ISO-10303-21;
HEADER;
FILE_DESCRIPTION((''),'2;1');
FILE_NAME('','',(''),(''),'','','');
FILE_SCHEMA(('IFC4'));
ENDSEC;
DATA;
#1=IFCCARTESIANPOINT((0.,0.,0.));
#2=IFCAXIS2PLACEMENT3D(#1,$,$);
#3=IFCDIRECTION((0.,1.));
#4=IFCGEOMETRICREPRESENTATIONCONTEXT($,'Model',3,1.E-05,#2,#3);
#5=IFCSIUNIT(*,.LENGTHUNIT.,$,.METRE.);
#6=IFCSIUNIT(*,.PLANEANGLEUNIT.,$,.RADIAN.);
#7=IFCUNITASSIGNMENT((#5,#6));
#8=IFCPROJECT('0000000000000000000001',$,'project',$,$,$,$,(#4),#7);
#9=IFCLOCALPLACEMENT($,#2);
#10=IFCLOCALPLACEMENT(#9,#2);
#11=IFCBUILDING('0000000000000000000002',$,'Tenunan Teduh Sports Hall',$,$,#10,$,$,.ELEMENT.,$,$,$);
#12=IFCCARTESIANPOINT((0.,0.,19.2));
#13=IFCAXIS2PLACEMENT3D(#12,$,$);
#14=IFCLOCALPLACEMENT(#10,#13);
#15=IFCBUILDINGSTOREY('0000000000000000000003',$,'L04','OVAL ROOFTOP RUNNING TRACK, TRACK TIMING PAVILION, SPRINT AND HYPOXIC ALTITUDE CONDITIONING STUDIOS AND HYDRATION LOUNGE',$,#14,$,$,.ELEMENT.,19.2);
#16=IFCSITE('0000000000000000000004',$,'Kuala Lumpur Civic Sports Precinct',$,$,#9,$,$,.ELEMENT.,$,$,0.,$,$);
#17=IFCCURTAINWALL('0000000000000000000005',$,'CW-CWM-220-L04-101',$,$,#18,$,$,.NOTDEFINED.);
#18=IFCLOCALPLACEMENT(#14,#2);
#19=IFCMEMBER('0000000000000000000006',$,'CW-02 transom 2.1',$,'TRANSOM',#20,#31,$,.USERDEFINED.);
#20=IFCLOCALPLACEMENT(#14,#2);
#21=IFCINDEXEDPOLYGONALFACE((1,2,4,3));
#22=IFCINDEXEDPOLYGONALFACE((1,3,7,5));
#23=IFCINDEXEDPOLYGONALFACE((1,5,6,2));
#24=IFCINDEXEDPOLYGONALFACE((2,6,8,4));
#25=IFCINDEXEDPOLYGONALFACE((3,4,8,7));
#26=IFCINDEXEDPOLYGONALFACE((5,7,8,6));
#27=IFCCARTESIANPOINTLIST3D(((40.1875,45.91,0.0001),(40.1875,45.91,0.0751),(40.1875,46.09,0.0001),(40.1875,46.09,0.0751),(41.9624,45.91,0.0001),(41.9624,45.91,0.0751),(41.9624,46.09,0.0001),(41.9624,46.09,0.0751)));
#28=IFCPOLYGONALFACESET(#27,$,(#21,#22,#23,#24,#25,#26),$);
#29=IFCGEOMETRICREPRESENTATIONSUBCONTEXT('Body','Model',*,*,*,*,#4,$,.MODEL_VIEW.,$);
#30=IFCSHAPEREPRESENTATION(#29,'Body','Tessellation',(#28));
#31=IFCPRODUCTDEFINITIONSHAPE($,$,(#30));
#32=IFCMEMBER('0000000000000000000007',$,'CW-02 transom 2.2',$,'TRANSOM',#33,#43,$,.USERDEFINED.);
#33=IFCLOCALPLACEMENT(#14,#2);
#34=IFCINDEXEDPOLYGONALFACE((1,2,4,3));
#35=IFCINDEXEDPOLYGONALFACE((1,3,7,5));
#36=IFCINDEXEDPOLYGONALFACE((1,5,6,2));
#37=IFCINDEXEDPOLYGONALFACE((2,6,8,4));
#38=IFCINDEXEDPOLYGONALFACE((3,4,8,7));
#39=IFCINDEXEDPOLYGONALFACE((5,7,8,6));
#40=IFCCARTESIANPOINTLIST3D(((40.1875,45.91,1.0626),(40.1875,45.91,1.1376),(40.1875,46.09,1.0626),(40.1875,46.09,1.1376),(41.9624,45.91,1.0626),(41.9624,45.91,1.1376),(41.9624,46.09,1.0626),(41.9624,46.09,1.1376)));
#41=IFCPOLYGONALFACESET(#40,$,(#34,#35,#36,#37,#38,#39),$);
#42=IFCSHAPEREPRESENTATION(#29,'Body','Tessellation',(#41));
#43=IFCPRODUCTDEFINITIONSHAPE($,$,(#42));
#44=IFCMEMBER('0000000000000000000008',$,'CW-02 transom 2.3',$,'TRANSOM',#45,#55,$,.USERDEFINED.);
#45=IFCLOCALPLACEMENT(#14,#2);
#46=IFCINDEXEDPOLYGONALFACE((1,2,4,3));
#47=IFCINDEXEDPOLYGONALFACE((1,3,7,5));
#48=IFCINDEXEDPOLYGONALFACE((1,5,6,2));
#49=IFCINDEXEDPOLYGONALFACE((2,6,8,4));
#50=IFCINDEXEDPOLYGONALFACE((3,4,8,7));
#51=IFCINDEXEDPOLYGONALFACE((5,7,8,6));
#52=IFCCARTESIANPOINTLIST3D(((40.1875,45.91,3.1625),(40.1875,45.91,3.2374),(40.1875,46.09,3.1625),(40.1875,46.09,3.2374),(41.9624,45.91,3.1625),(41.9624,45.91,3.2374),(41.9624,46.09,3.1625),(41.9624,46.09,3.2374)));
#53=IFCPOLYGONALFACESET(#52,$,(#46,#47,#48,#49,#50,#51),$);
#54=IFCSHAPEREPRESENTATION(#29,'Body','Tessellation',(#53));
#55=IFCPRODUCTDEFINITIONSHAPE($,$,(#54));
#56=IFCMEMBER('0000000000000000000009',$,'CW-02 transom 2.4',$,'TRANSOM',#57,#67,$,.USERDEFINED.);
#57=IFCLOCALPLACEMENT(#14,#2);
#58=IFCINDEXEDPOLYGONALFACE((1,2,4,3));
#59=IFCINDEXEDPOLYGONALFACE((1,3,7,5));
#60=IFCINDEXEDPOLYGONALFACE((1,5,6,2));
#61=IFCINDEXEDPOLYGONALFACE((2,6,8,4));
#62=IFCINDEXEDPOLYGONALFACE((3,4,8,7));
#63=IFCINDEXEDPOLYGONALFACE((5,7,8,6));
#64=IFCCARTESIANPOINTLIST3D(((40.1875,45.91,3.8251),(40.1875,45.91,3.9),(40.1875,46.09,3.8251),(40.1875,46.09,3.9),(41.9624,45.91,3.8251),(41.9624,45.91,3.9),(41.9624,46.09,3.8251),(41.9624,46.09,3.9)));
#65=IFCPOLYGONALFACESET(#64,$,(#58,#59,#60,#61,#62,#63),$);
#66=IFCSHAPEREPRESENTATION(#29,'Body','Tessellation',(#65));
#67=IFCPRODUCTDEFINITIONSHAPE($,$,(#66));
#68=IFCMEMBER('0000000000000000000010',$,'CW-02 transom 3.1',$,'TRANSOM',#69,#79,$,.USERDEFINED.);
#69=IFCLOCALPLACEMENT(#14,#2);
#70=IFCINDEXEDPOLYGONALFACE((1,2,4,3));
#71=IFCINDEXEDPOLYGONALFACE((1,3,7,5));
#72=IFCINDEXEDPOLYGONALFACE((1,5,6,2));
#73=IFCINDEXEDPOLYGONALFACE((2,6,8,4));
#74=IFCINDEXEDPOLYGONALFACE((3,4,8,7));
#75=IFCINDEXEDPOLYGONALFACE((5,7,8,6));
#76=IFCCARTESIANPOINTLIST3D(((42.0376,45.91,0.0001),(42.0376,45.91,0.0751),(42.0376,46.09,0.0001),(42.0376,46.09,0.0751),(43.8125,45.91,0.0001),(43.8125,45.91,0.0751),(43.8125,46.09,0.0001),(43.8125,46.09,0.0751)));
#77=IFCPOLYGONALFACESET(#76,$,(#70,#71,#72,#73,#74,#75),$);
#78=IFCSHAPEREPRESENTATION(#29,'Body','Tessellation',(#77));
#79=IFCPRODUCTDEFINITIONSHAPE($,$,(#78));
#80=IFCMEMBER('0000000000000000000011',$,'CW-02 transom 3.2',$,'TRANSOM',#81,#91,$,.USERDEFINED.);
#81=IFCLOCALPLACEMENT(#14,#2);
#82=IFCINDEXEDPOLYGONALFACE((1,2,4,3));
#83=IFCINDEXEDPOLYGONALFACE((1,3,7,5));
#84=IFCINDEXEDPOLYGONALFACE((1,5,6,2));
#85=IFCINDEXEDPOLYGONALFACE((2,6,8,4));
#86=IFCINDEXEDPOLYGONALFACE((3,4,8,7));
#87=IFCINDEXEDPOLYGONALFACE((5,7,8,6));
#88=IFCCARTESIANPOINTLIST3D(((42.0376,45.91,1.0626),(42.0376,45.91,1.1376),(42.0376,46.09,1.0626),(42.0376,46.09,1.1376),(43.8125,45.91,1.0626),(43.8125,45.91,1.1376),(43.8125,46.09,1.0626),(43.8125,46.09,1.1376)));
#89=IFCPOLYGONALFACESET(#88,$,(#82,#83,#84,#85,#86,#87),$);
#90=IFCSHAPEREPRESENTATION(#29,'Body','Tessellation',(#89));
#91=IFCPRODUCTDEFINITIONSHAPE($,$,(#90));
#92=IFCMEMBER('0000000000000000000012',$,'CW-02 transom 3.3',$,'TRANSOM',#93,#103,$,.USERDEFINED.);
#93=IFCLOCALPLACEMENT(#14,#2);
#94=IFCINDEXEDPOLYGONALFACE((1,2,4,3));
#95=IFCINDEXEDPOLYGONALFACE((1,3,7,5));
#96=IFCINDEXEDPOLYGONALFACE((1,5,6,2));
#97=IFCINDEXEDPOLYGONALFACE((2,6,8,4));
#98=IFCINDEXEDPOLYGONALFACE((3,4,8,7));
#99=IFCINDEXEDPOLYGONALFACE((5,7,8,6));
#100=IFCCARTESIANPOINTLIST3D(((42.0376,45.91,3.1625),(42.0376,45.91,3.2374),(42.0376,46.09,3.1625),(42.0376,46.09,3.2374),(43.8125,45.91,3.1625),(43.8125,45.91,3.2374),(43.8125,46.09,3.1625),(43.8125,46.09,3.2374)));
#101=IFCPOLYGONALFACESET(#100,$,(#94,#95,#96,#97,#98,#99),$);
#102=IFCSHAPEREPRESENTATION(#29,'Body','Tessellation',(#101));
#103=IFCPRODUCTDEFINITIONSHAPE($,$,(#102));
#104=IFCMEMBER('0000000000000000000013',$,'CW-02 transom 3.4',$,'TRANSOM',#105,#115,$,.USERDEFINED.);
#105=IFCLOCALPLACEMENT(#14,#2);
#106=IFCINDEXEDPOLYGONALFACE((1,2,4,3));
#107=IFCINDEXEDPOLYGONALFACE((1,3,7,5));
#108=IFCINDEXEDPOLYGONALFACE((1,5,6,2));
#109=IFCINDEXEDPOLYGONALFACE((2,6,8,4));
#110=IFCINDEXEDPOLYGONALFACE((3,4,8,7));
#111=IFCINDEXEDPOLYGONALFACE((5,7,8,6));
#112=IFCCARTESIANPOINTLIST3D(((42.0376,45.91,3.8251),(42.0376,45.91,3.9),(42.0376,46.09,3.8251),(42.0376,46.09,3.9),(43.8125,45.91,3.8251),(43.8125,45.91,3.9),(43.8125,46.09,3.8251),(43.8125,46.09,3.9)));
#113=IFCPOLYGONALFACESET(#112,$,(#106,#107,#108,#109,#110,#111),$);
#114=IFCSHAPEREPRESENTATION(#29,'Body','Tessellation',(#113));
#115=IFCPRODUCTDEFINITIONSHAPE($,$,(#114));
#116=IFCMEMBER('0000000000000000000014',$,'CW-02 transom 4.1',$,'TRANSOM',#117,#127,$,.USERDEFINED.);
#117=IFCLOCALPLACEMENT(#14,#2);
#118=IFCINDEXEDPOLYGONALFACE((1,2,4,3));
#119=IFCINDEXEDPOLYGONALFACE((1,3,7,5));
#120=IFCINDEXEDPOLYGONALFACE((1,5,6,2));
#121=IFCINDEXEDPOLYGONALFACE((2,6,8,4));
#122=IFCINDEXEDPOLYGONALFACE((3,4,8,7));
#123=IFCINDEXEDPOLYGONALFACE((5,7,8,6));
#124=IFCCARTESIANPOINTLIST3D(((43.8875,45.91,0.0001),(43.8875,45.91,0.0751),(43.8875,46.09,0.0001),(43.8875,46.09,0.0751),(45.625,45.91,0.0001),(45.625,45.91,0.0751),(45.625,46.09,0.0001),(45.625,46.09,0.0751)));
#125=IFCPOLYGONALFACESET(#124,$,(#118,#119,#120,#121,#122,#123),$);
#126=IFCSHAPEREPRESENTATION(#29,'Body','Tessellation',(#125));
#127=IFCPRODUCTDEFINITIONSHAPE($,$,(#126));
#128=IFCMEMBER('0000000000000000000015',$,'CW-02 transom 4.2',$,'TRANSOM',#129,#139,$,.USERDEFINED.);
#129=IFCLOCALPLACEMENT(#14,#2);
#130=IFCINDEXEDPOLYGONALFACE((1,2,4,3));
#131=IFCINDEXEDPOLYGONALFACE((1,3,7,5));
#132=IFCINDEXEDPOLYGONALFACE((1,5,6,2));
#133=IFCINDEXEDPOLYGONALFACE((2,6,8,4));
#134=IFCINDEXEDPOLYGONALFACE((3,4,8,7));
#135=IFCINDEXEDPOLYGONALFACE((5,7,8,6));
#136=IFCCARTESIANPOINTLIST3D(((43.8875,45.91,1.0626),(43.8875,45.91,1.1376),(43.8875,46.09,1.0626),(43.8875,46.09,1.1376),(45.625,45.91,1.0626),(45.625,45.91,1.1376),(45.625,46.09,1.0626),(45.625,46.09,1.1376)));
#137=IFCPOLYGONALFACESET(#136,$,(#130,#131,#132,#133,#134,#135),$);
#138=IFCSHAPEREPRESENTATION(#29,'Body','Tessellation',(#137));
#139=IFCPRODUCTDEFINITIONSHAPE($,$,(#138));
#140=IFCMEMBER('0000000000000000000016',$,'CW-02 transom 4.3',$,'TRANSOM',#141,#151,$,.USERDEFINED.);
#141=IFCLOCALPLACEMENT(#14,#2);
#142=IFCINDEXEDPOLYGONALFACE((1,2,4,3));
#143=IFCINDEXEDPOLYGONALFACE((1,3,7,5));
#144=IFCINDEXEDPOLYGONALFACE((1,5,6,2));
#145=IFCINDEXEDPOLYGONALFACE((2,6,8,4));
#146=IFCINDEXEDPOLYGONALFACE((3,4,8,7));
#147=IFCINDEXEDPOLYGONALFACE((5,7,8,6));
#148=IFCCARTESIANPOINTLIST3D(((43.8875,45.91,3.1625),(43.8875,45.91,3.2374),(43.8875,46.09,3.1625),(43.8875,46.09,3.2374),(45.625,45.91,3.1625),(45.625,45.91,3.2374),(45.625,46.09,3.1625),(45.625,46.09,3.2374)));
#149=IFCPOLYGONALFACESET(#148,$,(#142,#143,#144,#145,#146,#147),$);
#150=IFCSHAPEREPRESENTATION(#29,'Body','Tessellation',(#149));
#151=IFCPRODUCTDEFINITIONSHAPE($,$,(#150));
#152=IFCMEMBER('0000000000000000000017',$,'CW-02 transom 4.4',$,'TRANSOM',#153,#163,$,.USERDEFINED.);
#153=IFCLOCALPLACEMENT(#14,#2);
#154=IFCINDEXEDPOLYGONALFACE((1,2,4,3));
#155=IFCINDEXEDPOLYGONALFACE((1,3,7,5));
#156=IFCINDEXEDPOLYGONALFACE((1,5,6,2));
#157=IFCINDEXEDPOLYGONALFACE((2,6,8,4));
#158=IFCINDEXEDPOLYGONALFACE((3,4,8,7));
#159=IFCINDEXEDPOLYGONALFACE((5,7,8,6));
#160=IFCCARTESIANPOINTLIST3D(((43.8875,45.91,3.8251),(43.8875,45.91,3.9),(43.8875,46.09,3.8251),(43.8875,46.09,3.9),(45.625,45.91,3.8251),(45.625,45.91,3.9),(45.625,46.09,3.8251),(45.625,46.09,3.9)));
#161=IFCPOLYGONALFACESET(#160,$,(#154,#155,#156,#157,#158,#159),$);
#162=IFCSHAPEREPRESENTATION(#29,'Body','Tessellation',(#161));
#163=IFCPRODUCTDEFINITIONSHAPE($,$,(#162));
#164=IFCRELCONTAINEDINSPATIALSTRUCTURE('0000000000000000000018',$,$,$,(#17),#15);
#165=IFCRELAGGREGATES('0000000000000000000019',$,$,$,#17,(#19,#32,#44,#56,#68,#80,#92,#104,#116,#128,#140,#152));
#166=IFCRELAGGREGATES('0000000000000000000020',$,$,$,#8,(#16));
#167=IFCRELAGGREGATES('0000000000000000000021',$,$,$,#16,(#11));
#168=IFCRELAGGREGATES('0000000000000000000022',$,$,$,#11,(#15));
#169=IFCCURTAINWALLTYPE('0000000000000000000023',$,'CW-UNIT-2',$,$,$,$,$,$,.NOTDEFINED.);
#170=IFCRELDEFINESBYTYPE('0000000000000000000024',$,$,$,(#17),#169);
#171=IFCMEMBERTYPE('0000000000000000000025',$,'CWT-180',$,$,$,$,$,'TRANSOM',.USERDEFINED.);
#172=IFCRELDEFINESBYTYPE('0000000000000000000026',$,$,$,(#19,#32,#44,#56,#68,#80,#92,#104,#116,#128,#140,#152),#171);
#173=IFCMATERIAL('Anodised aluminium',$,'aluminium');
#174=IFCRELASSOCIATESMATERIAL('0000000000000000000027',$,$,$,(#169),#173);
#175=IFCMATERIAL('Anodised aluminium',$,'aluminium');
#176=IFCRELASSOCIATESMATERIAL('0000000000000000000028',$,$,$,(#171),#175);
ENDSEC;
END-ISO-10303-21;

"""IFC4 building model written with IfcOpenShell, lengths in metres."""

from ifc_helpers import new_model, si_unit, direction, frame, origin, origin_2d, place, context, subcontext, project, spatial, rectangle, extrude, material, material_profile, profile_set, type_object, element, aggregate, save


model = new_model("IFC4")

# Units and contexts
model_context = context("Model", 3, precision=1e-05, world=origin(), true_north=direction((0.0, 1.0)))
body_context = subcontext(model_context, "Body", "Model", "MODEL_VIEW")
ifc_project = project(units=[si_unit("LENGTHUNIT", "METRE"), si_unit("PLANEANGLEUNIT", "RADIAN")], contexts=[model_context])

# Site, building, storey
site_placement = place(None, origin())
site = spatial("IfcSite", under=ifc_project, at=site_placement, Name="Kuala Lumpur Civic Sports Precinct", CompositionType="ELEMENT", RefElevation=0.0)
building_placement = place(site_placement, origin())
building = spatial("IfcBuilding", under=site, at=building_placement, Name="Tenunan Teduh Sports Hall", CompositionType="ELEMENT")
storey_placement = place(building_placement, frame((0.0, 0.0, 19.2)))
storey = spatial("IfcBuildingStorey", under=building, at=storey_placement, Name="L04", Description="OVAL ROOFTOP RUNNING TRACK, TRACK TIMING PAVILION, SPRINT AND HYPOXIC ALTITUDE CONDITIONING STUDIOS AND HYDRATION LOUNGE", CompositionType="ELEMENT", Elevation=19.2)

# Shared definitions
ifc_material_1 = material(Name="Anodised aluminium", Category="aluminium")
curtain_wall_type = type_object("IfcCurtainWallType", Name="CW-UNIT-2", PredefinedType="NOTDEFINED", material=ifc_material_1)

# Curtain wall, members
curtain_wall_1_placement = place(storey_placement, origin())
curtain_wall_1 = element("IfcCurtainWall", 1, at=curtain_wall_1_placement, inside=storey, type_object=curtain_wall_type, Name="CW-CWM-220-L04-101", PredefinedType="NOTDEFINED")
ifc_material_2 = material(Name="Anodised aluminium", Category="aluminium")
ifc_material_profile_1 = material_profile(ifc_material_2, rectangle(XDim=0.075, YDim=0.1799, at=origin_2d()), Name="CWT 75x180")
ifc_profile_set_1 = profile_set([ifc_material_profile_1], Name="Anodised aluminium")
member_type_1 = type_object("IfcMemberType", Name="CWT-180", ElementType="TRANSOM", PredefinedType="USERDEFINED", material=ifc_profile_set_1)
member_1_placement = place(storey_placement, frame((40.1875, 46.0, 0.0376), z_axis=(1.0, 0.0, 0.0), x_axis=(0.0, 0.0, 1.0)))
member_1 = element("IfcMember", 2, at=member_1_placement, type_object=member_type_1, Name="CW-02 transom 2.1", ObjectType="TRANSOM", PredefinedType="USERDEFINED", context=body_context, shape_type="SweptSolid", body=[
    extrude(rectangle(XDim=0.075, YDim=0.1799, at=origin_2d()), origin(), (0.0, 0.0, 1.0), 1.7749),
])
member_2_placement = place(storey_placement, frame((40.1875, 46.0, 1.1001), z_axis=(1.0, 0.0, 0.0), x_axis=(0.0, 0.0, 1.0)))
member_2 = element("IfcMember", 3, at=member_2_placement, type_object=member_type_1, Name="CW-02 transom 2.2", ObjectType="TRANSOM", PredefinedType="USERDEFINED", context=body_context, shape_type="SweptSolid", body=[
    extrude(rectangle(XDim=0.075, YDim=0.1799, at=origin_2d()), origin(), (0.0, 0.0, 1.0), 1.7749),
])
member_3_placement = place(storey_placement, frame((40.1875, 46.0, 3.2), z_axis=(1.0, 0.0, 0.0), x_axis=(0.0, 0.0, 1.0)))
member_3 = element("IfcMember", 4, at=member_3_placement, type_object=member_type_1, Name="CW-02 transom 2.3", ObjectType="TRANSOM", PredefinedType="USERDEFINED", context=body_context, shape_type="SweptSolid", body=[
    extrude(rectangle(XDim=0.075, YDim=0.1799, at=origin_2d()), origin(), (0.0, 0.0, 1.0), 1.7749),
])
member_4_placement = place(storey_placement, frame((40.1875, 46.0, 3.8625), z_axis=(1.0, 0.0, 0.0), x_axis=(0.0, 0.0, 1.0)))
member_4 = element("IfcMember", 5, at=member_4_placement, type_object=member_type_1, Name="CW-02 transom 2.4", ObjectType="TRANSOM", PredefinedType="USERDEFINED", context=body_context, shape_type="SweptSolid", body=[
    extrude(rectangle(XDim=0.075, YDim=0.1799, at=origin_2d()), origin(), (0.0, 0.0, 1.0), 1.7749),
])
member_5_placement = place(storey_placement, frame((42.0376, 46.0, 0.0376), z_axis=(1.0, 0.0, 0.0), x_axis=(0.0, 0.0, 1.0)))
member_5 = element("IfcMember", 6, at=member_5_placement, type_object=member_type_1, Name="CW-02 transom 3.1", ObjectType="TRANSOM", PredefinedType="USERDEFINED", context=body_context, shape_type="SweptSolid", body=[
    extrude(rectangle(XDim=0.075, YDim=0.1799, at=origin_2d()), origin(), (0.0, 0.0, 1.0), 1.7749),
])
member_6_placement = place(storey_placement, frame((42.0376, 46.0, 1.1001), z_axis=(1.0, 0.0, 0.0), x_axis=(0.0, 0.0, 1.0)))
member_6 = element("IfcMember", 7, at=member_6_placement, type_object=member_type_1, Name="CW-02 transom 3.2", ObjectType="TRANSOM", PredefinedType="USERDEFINED", context=body_context, shape_type="SweptSolid", body=[
    extrude(rectangle(XDim=0.075, YDim=0.1799, at=origin_2d()), origin(), (0.0, 0.0, 1.0), 1.7749),
])
member_7_placement = place(storey_placement, frame((42.0376, 46.0, 3.2), z_axis=(1.0, 0.0, 0.0), x_axis=(0.0, 0.0, 1.0)))
member_7 = element("IfcMember", 8, at=member_7_placement, type_object=member_type_1, Name="CW-02 transom 3.3", ObjectType="TRANSOM", PredefinedType="USERDEFINED", context=body_context, shape_type="SweptSolid", body=[
    extrude(rectangle(XDim=0.075, YDim=0.1799, at=origin_2d()), origin(), (0.0, 0.0, 1.0), 1.7749),
])
member_8_placement = place(storey_placement, frame((42.0376, 46.0, 3.8625), z_axis=(1.0, 0.0, 0.0), x_axis=(0.0, 0.0, 1.0)))
member_8 = element("IfcMember", 9, at=member_8_placement, type_object=member_type_1, Name="CW-02 transom 3.4", ObjectType="TRANSOM", PredefinedType="USERDEFINED", context=body_context, shape_type="SweptSolid", body=[
    extrude(rectangle(XDim=0.075, YDim=0.1799, at=origin_2d()), origin(), (0.0, 0.0, 1.0), 1.7749),
])
member_9_placement = place(storey_placement, frame((43.8875, 46.0, 0.0376), z_axis=(1.0, 0.0, 0.0), x_axis=(0.0, 0.0, 1.0)))
member_9 = element("IfcMember", 10, at=member_9_placement, type_object=member_type_1, Name="CW-02 transom 4.1", ObjectType="TRANSOM", PredefinedType="USERDEFINED", context=body_context, shape_type="SweptSolid", body=[
    extrude(rectangle(XDim=0.075, YDim=0.1799, at=origin_2d()), origin(), (0.0, 0.0, 1.0), 1.7375),
])
member_10_placement = place(storey_placement, frame((43.8875, 46.0, 1.1001), z_axis=(1.0, 0.0, 0.0), x_axis=(0.0, 0.0, 1.0)))
member_10 = element("IfcMember", 11, at=member_10_placement, type_object=member_type_1, Name="CW-02 transom 4.2", ObjectType="TRANSOM", PredefinedType="USERDEFINED", context=body_context, shape_type="SweptSolid", body=[
    extrude(rectangle(XDim=0.075, YDim=0.1799, at=origin_2d()), origin(), (0.0, 0.0, 1.0), 1.7375),
])
member_11_placement = place(storey_placement, frame((43.8875, 46.0, 3.2), z_axis=(1.0, 0.0, 0.0), x_axis=(0.0, 0.0, 1.0)))
member_11 = element("IfcMember", 12, at=member_11_placement, type_object=member_type_1, Name="CW-02 transom 4.3", ObjectType="TRANSOM", PredefinedType="USERDEFINED", context=body_context, shape_type="SweptSolid", body=[
    extrude(rectangle(XDim=0.075, YDim=0.1799, at=origin_2d()), origin(), (0.0, 0.0, 1.0), 1.7375),
])
member_12_placement = place(storey_placement, frame((43.8875, 46.0, 3.8625), z_axis=(1.0, 0.0, 0.0), x_axis=(0.0, 0.0, 1.0)))
member_12 = element("IfcMember", 13, at=member_12_placement, type_object=member_type_1, Name="CW-02 transom 4.4", ObjectType="TRANSOM", PredefinedType="USERDEFINED", context=body_context, shape_type="SweptSolid", body=[
    extrude(rectangle(XDim=0.075, YDim=0.1799, at=origin_2d()), origin(), (0.0, 0.0, 1.0), 1.7375),
])

aggregate(curtain_wall_1, [member_1, member_2, member_3, member_4, member_5, member_6, member_7, member_8, member_9, member_10, member_11, member_12])

save(model, "model.ifc")
